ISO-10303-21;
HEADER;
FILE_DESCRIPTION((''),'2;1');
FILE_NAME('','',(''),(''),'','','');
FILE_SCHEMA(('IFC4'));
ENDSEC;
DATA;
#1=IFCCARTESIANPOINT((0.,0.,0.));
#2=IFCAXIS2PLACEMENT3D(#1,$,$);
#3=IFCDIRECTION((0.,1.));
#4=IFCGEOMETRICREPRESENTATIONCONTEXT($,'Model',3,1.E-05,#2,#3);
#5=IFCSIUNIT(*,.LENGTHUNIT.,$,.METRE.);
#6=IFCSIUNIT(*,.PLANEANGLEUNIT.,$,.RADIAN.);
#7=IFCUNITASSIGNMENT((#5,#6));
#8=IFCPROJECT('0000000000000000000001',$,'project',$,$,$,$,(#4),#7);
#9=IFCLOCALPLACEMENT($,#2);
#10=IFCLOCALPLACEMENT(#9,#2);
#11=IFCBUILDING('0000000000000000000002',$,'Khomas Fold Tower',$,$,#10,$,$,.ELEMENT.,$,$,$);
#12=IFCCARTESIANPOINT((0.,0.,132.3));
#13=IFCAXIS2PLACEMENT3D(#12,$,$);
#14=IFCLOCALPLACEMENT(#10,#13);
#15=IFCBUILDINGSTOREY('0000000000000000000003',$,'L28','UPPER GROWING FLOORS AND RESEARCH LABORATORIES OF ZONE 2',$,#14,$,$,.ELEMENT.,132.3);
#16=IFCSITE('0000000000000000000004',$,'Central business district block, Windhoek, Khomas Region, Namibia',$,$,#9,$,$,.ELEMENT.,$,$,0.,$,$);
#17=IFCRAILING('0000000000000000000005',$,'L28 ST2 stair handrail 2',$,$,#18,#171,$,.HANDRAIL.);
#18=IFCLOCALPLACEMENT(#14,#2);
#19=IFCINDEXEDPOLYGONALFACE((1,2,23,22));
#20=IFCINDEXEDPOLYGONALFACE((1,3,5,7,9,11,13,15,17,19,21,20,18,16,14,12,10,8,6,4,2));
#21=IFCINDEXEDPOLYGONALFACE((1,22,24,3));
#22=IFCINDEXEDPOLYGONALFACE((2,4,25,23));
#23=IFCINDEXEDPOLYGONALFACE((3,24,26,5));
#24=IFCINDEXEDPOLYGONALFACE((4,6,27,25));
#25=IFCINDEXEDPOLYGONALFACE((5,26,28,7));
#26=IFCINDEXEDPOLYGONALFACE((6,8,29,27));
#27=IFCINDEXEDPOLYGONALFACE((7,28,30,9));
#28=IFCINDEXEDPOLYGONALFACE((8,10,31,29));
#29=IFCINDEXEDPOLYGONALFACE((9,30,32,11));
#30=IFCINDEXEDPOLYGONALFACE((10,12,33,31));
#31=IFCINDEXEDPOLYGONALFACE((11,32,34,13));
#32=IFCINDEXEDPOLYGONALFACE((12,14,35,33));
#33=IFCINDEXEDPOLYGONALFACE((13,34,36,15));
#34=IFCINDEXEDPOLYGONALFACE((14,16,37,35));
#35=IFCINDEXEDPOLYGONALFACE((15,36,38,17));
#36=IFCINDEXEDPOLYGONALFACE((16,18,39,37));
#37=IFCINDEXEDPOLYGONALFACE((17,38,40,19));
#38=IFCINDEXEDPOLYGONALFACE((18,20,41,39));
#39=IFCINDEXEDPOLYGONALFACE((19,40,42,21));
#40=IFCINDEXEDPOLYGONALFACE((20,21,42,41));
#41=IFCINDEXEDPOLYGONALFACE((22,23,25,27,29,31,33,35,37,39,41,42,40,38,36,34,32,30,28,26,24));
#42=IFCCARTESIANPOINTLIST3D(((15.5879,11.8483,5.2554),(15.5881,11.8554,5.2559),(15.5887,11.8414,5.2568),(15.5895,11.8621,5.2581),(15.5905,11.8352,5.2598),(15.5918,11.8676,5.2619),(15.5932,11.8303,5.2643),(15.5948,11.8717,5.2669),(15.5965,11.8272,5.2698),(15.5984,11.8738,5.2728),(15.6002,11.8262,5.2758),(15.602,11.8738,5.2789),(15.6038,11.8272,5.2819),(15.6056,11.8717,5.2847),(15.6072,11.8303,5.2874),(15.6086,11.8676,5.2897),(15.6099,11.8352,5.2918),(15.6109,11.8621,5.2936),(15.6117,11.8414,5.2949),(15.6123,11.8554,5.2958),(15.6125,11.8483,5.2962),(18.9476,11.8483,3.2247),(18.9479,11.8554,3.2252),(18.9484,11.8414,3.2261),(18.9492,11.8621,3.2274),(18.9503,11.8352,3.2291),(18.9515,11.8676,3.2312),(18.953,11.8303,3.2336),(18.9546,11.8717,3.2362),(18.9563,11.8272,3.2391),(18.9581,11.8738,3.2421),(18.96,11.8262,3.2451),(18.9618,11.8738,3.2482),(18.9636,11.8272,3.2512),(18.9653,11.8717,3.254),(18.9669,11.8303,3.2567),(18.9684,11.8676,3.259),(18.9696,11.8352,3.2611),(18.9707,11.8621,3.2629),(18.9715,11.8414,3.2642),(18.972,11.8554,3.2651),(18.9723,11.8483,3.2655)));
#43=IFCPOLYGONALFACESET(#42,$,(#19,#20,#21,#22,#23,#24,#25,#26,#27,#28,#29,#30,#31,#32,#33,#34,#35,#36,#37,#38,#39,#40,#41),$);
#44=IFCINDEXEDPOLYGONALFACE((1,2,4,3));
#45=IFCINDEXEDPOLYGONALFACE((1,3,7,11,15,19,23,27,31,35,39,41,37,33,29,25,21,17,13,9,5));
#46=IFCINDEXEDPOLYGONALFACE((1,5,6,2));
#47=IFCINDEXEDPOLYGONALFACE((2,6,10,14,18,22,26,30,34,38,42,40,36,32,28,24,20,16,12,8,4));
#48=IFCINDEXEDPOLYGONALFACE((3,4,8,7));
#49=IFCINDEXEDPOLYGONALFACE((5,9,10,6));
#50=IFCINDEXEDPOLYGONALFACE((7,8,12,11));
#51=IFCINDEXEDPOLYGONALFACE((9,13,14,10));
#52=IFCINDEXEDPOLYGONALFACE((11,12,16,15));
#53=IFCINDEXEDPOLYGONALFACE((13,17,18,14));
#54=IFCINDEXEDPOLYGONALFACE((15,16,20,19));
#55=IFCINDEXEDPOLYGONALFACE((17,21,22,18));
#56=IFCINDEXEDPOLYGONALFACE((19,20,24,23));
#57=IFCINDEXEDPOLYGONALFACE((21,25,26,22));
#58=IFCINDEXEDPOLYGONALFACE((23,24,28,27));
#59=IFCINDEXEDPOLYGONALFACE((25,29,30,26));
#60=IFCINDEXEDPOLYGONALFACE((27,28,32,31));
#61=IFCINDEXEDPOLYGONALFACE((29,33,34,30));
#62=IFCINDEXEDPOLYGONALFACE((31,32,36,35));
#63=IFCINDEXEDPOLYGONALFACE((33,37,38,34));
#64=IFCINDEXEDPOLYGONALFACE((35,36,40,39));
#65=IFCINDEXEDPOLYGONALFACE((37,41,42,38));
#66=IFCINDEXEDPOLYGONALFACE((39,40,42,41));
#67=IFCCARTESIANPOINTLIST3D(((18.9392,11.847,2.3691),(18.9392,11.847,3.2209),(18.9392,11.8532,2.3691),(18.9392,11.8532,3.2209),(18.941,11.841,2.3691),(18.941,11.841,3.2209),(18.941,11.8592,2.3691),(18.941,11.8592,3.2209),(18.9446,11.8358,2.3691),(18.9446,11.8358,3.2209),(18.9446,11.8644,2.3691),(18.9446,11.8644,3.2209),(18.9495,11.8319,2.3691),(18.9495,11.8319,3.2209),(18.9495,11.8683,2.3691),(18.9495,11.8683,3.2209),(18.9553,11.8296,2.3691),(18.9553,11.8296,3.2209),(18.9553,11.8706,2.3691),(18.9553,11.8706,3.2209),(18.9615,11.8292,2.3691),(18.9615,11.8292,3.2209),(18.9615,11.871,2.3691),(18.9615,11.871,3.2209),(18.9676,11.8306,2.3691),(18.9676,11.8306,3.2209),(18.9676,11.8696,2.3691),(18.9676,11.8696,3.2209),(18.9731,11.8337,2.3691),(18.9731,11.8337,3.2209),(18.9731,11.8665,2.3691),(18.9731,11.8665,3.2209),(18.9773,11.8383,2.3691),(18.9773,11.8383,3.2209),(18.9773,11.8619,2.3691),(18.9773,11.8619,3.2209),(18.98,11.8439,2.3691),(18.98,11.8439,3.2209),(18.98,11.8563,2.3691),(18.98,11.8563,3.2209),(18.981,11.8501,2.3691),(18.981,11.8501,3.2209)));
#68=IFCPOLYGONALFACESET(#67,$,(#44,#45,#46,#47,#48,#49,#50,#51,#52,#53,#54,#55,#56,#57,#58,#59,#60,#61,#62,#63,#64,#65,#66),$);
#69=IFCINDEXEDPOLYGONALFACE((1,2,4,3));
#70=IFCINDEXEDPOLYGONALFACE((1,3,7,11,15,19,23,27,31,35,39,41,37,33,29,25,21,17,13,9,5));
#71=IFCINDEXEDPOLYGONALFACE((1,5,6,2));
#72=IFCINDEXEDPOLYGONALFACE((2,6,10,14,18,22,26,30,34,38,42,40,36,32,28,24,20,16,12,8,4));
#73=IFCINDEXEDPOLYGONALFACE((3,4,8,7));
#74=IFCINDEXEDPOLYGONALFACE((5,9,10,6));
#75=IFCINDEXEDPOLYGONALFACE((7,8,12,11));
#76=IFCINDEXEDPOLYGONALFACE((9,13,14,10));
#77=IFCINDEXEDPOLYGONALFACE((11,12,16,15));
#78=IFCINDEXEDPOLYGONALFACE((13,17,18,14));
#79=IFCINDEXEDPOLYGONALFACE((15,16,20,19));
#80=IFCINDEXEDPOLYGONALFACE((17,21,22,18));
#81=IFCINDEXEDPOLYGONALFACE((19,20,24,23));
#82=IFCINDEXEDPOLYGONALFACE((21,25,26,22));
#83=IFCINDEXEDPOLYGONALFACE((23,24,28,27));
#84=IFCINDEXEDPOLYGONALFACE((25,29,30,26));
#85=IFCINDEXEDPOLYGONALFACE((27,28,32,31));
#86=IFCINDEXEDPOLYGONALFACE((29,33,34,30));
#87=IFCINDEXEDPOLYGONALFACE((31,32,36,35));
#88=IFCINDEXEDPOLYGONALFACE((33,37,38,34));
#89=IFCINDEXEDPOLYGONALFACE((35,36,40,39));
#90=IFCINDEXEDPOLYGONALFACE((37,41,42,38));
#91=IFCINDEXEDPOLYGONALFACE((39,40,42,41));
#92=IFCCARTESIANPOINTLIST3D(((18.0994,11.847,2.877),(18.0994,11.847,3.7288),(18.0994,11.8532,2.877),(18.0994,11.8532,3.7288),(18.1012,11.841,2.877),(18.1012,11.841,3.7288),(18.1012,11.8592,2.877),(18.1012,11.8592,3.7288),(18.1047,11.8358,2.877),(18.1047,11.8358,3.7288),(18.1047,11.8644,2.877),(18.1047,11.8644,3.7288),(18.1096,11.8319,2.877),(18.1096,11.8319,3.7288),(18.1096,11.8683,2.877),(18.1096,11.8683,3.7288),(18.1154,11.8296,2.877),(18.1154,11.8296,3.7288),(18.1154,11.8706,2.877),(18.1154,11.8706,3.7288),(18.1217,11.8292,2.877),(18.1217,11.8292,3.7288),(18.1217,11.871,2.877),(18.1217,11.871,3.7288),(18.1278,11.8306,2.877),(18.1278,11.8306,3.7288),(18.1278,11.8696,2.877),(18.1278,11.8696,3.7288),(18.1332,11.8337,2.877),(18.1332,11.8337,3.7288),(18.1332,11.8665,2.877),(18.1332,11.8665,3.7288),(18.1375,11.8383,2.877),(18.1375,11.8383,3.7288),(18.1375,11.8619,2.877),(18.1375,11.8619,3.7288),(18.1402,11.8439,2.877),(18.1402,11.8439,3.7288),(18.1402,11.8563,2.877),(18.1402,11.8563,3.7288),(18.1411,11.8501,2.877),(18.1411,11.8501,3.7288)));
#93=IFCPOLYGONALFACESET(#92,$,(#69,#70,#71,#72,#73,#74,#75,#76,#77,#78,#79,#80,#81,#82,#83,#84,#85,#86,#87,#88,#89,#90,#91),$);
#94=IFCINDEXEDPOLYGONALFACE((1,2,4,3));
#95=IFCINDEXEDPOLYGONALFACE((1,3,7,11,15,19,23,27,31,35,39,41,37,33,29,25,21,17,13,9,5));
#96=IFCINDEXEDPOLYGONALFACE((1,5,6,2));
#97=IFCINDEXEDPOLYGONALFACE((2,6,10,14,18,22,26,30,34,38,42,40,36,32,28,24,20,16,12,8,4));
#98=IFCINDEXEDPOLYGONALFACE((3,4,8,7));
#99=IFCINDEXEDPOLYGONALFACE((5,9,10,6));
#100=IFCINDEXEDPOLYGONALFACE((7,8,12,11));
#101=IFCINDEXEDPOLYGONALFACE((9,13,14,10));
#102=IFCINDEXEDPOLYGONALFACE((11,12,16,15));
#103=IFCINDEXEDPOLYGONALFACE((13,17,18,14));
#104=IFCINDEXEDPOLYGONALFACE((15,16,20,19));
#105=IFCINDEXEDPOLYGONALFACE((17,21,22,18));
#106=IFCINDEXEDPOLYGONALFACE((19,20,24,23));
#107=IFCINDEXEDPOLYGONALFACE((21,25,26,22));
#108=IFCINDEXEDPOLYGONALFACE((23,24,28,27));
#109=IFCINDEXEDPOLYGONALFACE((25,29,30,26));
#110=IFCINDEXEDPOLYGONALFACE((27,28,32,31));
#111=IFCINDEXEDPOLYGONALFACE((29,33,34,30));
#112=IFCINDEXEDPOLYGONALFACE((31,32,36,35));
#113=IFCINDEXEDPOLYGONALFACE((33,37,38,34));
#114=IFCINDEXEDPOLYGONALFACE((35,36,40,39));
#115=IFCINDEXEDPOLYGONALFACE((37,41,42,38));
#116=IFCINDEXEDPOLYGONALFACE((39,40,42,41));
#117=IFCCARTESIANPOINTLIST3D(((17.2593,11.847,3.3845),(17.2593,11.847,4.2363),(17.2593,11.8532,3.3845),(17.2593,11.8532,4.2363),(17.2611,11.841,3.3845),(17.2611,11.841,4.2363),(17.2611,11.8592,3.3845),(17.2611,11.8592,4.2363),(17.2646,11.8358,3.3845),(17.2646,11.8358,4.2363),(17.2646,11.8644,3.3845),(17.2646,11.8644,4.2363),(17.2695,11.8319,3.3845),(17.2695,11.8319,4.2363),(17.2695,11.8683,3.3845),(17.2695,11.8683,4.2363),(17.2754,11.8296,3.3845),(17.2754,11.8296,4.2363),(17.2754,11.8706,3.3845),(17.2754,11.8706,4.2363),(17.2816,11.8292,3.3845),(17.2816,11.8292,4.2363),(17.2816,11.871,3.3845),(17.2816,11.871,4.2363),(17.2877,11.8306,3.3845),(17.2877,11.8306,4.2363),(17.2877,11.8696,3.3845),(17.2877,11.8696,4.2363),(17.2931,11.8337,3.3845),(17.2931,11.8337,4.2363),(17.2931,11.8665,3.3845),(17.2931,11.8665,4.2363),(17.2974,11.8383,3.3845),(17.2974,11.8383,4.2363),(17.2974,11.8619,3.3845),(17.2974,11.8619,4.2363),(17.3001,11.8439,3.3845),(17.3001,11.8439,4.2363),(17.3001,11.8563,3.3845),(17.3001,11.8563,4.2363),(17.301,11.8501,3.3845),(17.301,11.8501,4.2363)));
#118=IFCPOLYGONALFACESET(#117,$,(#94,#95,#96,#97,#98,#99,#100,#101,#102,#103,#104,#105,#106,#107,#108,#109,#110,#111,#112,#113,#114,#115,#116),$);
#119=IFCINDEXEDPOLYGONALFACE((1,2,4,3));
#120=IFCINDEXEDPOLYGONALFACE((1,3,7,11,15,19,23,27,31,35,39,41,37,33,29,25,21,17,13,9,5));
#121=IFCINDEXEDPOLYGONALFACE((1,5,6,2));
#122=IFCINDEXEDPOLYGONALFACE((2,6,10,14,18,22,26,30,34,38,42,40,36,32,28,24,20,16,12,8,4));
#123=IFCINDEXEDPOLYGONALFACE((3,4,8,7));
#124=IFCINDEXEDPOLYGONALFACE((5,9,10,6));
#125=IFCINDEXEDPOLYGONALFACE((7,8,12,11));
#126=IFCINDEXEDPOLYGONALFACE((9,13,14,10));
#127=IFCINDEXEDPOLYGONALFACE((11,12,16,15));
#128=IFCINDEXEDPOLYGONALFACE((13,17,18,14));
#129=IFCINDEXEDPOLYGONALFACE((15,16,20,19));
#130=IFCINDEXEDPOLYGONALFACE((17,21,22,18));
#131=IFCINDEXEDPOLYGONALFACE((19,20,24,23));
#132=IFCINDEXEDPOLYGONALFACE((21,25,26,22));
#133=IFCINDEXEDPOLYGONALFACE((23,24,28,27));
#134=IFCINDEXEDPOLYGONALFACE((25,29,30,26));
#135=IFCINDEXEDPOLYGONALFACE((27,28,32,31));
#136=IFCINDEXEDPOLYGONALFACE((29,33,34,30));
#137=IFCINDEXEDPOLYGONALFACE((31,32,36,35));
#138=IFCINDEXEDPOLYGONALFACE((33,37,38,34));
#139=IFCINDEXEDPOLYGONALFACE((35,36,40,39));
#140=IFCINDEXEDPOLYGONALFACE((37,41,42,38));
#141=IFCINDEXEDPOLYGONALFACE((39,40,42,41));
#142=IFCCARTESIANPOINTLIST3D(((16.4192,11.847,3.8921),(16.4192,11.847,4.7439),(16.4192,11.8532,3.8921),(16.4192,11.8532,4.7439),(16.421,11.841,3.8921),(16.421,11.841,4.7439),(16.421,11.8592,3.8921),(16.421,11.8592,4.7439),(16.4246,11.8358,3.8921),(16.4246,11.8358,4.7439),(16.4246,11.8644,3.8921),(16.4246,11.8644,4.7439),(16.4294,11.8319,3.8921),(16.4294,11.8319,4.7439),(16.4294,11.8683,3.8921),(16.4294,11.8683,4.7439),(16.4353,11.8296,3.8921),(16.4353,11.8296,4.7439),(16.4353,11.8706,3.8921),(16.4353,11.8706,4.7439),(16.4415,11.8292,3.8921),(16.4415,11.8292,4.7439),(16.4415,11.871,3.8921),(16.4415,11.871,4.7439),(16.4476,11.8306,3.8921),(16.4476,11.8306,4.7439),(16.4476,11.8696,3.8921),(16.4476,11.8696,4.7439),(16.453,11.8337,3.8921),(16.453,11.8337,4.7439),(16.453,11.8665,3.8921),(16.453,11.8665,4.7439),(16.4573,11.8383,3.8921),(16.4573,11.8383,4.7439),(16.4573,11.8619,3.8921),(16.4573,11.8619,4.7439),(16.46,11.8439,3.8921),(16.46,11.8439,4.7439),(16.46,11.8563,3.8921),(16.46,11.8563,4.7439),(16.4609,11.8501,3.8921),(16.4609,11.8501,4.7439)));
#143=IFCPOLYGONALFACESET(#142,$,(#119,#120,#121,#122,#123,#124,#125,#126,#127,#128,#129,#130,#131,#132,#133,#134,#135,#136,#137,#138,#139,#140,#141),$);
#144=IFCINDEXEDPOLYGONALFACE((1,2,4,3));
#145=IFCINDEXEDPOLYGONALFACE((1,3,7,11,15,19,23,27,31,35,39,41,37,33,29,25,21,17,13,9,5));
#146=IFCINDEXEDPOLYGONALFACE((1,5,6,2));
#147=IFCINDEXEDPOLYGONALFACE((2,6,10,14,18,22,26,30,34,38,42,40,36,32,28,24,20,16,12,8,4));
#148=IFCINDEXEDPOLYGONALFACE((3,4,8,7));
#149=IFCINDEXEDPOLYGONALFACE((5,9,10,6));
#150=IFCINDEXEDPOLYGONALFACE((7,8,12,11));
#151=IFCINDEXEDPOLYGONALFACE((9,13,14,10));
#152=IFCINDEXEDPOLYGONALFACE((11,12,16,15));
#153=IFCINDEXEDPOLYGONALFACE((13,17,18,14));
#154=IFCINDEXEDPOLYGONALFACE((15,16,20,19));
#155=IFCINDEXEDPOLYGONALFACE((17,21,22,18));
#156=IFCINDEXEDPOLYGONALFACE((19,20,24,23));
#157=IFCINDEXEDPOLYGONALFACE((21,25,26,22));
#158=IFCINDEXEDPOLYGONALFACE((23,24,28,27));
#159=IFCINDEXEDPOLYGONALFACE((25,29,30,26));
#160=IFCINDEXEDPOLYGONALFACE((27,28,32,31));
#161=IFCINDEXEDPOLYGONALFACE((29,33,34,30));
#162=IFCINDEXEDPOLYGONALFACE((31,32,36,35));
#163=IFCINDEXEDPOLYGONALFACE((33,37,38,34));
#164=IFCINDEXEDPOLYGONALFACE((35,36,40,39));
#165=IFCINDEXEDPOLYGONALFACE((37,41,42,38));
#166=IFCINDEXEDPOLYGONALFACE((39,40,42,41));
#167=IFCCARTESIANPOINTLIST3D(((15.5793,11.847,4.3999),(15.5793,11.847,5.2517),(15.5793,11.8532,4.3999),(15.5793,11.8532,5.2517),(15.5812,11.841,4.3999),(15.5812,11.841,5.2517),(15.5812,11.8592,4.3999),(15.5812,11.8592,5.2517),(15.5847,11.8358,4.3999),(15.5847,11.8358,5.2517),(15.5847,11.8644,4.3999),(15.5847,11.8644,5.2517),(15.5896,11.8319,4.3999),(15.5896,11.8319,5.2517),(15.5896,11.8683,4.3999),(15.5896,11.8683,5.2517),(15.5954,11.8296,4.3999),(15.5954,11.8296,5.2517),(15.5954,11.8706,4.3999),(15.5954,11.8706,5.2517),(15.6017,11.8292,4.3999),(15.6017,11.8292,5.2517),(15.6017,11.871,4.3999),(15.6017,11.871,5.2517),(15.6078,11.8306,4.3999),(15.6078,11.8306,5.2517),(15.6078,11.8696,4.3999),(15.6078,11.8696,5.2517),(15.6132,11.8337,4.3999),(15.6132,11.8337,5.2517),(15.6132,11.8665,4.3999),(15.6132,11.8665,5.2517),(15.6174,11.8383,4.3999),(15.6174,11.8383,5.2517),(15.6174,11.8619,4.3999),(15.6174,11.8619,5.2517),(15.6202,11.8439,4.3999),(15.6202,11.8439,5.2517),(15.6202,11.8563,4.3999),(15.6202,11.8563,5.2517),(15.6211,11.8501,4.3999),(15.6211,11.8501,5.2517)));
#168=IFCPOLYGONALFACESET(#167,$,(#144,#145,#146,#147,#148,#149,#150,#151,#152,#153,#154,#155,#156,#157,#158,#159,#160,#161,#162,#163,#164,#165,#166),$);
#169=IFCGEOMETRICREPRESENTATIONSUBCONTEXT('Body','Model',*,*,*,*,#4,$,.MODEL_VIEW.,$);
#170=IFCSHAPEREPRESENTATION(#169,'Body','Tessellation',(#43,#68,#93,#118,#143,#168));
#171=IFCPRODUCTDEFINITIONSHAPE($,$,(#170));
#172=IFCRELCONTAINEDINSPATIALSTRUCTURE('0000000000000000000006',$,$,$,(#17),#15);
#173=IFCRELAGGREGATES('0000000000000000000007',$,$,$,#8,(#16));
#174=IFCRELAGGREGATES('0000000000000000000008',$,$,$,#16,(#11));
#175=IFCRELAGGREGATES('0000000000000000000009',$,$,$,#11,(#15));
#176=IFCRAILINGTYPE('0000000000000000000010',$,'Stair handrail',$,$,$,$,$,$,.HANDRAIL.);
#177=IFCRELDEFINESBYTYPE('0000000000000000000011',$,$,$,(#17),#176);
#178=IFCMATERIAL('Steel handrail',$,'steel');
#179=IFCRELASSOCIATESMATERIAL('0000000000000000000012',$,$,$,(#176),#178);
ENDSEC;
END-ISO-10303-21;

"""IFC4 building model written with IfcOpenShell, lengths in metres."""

from ifc_helpers import new_model, si_unit, direction, frame, origin, origin_2d, place, context, subcontext, project, spatial, circle, extrude, source, transform, mapped, material, type_object, element, save


model = new_model("IFC4")

# Units and contexts
model_context = context("Model", 3, precision=1e-05, world=origin(), true_north=direction((0.0, 1.0)))
body_context = subcontext(model_context, "Body", "Model", "MODEL_VIEW")
ifc_project = project(units=[si_unit("LENGTHUNIT", "METRE"), si_unit("PLANEANGLEUNIT", "RADIAN")], contexts=[model_context])

# Site, building, storey
site_placement = place(None, origin())
site = spatial("IfcSite", under=ifc_project, at=site_placement, Name="Central business district block, Windhoek, Khomas Region, Namibia", CompositionType="ELEMENT", RefElevation=0.0)
building_placement = place(site_placement, origin())
building = spatial("IfcBuilding", under=site, at=building_placement, Name="Khomas Fold Tower", CompositionType="ELEMENT")
storey_placement = place(building_placement, frame((0.0, 0.0, 132.3)))
storey = spatial("IfcBuildingStorey", under=building, at=storey_placement, Name="L28", Description="UPPER GROWING FLOORS AND RESEARCH LABORATORIES OF ZONE 2", CompositionType="ELEMENT", Elevation=132.3)

# Railing
ifc_material_1 = material(Name="Steel handrail", Category="steel")
railing_type_1 = type_object("IfcRailingType", Name="Stair handrail", PredefinedType="HANDRAIL", material=ifc_material_1)
shared_shape_1 = source(origin(), body_context, "Body", "SweptSolid", [
    extrude(circle(Radius=0.0239, at=origin_2d()), frame((0.0, 0.0, 0.876), z_axis=(-0.85582, 0.0, 0.517273), x_axis=(0.0, -1.0, 0.0)), (0.0, 0.0, 1.0), 3.9258),
    extrude(circle(Radius=0.021, at=origin_2d()), origin(), (0.0, 0.0, 1.0), 0.8518),
    extrude(circle(Radius=0.021, at=origin_2d()), frame((-0.8398, 0.0, 0.5078)), (0.0, 0.0, 1.0), 0.8518),
    extrude(circle(Radius=0.021, at=origin_2d()), frame((-1.6799, 0.0, 1.0154)), (0.0, 0.0, 1.0), 0.8518),
    extrude(circle(Radius=0.021, at=origin_2d()), frame((-2.52, 0.0, 1.5229)), (0.0, 0.0, 1.0), 0.8518),
    extrude(circle(Radius=0.021, at=origin_2d()), frame((-3.3599, 0.0, 2.0308)), (0.0, 0.0, 1.0), 0.8518),
])
railing_1_placement = place(storey_placement, frame((18.96, 11.8501, 2.3691)))
element("IfcRailing", 1, at=railing_1_placement, inside=storey, type_object=railing_type_1, Name="L28 ST2 stair handrail 2", PredefinedType="HANDRAIL", context=body_context, shape_type="MappedRepresentation", body=[
    mapped(shared_shape_1, transform((0.0, 0.0, 0.0))),
])

save(model, "model.ifc")
